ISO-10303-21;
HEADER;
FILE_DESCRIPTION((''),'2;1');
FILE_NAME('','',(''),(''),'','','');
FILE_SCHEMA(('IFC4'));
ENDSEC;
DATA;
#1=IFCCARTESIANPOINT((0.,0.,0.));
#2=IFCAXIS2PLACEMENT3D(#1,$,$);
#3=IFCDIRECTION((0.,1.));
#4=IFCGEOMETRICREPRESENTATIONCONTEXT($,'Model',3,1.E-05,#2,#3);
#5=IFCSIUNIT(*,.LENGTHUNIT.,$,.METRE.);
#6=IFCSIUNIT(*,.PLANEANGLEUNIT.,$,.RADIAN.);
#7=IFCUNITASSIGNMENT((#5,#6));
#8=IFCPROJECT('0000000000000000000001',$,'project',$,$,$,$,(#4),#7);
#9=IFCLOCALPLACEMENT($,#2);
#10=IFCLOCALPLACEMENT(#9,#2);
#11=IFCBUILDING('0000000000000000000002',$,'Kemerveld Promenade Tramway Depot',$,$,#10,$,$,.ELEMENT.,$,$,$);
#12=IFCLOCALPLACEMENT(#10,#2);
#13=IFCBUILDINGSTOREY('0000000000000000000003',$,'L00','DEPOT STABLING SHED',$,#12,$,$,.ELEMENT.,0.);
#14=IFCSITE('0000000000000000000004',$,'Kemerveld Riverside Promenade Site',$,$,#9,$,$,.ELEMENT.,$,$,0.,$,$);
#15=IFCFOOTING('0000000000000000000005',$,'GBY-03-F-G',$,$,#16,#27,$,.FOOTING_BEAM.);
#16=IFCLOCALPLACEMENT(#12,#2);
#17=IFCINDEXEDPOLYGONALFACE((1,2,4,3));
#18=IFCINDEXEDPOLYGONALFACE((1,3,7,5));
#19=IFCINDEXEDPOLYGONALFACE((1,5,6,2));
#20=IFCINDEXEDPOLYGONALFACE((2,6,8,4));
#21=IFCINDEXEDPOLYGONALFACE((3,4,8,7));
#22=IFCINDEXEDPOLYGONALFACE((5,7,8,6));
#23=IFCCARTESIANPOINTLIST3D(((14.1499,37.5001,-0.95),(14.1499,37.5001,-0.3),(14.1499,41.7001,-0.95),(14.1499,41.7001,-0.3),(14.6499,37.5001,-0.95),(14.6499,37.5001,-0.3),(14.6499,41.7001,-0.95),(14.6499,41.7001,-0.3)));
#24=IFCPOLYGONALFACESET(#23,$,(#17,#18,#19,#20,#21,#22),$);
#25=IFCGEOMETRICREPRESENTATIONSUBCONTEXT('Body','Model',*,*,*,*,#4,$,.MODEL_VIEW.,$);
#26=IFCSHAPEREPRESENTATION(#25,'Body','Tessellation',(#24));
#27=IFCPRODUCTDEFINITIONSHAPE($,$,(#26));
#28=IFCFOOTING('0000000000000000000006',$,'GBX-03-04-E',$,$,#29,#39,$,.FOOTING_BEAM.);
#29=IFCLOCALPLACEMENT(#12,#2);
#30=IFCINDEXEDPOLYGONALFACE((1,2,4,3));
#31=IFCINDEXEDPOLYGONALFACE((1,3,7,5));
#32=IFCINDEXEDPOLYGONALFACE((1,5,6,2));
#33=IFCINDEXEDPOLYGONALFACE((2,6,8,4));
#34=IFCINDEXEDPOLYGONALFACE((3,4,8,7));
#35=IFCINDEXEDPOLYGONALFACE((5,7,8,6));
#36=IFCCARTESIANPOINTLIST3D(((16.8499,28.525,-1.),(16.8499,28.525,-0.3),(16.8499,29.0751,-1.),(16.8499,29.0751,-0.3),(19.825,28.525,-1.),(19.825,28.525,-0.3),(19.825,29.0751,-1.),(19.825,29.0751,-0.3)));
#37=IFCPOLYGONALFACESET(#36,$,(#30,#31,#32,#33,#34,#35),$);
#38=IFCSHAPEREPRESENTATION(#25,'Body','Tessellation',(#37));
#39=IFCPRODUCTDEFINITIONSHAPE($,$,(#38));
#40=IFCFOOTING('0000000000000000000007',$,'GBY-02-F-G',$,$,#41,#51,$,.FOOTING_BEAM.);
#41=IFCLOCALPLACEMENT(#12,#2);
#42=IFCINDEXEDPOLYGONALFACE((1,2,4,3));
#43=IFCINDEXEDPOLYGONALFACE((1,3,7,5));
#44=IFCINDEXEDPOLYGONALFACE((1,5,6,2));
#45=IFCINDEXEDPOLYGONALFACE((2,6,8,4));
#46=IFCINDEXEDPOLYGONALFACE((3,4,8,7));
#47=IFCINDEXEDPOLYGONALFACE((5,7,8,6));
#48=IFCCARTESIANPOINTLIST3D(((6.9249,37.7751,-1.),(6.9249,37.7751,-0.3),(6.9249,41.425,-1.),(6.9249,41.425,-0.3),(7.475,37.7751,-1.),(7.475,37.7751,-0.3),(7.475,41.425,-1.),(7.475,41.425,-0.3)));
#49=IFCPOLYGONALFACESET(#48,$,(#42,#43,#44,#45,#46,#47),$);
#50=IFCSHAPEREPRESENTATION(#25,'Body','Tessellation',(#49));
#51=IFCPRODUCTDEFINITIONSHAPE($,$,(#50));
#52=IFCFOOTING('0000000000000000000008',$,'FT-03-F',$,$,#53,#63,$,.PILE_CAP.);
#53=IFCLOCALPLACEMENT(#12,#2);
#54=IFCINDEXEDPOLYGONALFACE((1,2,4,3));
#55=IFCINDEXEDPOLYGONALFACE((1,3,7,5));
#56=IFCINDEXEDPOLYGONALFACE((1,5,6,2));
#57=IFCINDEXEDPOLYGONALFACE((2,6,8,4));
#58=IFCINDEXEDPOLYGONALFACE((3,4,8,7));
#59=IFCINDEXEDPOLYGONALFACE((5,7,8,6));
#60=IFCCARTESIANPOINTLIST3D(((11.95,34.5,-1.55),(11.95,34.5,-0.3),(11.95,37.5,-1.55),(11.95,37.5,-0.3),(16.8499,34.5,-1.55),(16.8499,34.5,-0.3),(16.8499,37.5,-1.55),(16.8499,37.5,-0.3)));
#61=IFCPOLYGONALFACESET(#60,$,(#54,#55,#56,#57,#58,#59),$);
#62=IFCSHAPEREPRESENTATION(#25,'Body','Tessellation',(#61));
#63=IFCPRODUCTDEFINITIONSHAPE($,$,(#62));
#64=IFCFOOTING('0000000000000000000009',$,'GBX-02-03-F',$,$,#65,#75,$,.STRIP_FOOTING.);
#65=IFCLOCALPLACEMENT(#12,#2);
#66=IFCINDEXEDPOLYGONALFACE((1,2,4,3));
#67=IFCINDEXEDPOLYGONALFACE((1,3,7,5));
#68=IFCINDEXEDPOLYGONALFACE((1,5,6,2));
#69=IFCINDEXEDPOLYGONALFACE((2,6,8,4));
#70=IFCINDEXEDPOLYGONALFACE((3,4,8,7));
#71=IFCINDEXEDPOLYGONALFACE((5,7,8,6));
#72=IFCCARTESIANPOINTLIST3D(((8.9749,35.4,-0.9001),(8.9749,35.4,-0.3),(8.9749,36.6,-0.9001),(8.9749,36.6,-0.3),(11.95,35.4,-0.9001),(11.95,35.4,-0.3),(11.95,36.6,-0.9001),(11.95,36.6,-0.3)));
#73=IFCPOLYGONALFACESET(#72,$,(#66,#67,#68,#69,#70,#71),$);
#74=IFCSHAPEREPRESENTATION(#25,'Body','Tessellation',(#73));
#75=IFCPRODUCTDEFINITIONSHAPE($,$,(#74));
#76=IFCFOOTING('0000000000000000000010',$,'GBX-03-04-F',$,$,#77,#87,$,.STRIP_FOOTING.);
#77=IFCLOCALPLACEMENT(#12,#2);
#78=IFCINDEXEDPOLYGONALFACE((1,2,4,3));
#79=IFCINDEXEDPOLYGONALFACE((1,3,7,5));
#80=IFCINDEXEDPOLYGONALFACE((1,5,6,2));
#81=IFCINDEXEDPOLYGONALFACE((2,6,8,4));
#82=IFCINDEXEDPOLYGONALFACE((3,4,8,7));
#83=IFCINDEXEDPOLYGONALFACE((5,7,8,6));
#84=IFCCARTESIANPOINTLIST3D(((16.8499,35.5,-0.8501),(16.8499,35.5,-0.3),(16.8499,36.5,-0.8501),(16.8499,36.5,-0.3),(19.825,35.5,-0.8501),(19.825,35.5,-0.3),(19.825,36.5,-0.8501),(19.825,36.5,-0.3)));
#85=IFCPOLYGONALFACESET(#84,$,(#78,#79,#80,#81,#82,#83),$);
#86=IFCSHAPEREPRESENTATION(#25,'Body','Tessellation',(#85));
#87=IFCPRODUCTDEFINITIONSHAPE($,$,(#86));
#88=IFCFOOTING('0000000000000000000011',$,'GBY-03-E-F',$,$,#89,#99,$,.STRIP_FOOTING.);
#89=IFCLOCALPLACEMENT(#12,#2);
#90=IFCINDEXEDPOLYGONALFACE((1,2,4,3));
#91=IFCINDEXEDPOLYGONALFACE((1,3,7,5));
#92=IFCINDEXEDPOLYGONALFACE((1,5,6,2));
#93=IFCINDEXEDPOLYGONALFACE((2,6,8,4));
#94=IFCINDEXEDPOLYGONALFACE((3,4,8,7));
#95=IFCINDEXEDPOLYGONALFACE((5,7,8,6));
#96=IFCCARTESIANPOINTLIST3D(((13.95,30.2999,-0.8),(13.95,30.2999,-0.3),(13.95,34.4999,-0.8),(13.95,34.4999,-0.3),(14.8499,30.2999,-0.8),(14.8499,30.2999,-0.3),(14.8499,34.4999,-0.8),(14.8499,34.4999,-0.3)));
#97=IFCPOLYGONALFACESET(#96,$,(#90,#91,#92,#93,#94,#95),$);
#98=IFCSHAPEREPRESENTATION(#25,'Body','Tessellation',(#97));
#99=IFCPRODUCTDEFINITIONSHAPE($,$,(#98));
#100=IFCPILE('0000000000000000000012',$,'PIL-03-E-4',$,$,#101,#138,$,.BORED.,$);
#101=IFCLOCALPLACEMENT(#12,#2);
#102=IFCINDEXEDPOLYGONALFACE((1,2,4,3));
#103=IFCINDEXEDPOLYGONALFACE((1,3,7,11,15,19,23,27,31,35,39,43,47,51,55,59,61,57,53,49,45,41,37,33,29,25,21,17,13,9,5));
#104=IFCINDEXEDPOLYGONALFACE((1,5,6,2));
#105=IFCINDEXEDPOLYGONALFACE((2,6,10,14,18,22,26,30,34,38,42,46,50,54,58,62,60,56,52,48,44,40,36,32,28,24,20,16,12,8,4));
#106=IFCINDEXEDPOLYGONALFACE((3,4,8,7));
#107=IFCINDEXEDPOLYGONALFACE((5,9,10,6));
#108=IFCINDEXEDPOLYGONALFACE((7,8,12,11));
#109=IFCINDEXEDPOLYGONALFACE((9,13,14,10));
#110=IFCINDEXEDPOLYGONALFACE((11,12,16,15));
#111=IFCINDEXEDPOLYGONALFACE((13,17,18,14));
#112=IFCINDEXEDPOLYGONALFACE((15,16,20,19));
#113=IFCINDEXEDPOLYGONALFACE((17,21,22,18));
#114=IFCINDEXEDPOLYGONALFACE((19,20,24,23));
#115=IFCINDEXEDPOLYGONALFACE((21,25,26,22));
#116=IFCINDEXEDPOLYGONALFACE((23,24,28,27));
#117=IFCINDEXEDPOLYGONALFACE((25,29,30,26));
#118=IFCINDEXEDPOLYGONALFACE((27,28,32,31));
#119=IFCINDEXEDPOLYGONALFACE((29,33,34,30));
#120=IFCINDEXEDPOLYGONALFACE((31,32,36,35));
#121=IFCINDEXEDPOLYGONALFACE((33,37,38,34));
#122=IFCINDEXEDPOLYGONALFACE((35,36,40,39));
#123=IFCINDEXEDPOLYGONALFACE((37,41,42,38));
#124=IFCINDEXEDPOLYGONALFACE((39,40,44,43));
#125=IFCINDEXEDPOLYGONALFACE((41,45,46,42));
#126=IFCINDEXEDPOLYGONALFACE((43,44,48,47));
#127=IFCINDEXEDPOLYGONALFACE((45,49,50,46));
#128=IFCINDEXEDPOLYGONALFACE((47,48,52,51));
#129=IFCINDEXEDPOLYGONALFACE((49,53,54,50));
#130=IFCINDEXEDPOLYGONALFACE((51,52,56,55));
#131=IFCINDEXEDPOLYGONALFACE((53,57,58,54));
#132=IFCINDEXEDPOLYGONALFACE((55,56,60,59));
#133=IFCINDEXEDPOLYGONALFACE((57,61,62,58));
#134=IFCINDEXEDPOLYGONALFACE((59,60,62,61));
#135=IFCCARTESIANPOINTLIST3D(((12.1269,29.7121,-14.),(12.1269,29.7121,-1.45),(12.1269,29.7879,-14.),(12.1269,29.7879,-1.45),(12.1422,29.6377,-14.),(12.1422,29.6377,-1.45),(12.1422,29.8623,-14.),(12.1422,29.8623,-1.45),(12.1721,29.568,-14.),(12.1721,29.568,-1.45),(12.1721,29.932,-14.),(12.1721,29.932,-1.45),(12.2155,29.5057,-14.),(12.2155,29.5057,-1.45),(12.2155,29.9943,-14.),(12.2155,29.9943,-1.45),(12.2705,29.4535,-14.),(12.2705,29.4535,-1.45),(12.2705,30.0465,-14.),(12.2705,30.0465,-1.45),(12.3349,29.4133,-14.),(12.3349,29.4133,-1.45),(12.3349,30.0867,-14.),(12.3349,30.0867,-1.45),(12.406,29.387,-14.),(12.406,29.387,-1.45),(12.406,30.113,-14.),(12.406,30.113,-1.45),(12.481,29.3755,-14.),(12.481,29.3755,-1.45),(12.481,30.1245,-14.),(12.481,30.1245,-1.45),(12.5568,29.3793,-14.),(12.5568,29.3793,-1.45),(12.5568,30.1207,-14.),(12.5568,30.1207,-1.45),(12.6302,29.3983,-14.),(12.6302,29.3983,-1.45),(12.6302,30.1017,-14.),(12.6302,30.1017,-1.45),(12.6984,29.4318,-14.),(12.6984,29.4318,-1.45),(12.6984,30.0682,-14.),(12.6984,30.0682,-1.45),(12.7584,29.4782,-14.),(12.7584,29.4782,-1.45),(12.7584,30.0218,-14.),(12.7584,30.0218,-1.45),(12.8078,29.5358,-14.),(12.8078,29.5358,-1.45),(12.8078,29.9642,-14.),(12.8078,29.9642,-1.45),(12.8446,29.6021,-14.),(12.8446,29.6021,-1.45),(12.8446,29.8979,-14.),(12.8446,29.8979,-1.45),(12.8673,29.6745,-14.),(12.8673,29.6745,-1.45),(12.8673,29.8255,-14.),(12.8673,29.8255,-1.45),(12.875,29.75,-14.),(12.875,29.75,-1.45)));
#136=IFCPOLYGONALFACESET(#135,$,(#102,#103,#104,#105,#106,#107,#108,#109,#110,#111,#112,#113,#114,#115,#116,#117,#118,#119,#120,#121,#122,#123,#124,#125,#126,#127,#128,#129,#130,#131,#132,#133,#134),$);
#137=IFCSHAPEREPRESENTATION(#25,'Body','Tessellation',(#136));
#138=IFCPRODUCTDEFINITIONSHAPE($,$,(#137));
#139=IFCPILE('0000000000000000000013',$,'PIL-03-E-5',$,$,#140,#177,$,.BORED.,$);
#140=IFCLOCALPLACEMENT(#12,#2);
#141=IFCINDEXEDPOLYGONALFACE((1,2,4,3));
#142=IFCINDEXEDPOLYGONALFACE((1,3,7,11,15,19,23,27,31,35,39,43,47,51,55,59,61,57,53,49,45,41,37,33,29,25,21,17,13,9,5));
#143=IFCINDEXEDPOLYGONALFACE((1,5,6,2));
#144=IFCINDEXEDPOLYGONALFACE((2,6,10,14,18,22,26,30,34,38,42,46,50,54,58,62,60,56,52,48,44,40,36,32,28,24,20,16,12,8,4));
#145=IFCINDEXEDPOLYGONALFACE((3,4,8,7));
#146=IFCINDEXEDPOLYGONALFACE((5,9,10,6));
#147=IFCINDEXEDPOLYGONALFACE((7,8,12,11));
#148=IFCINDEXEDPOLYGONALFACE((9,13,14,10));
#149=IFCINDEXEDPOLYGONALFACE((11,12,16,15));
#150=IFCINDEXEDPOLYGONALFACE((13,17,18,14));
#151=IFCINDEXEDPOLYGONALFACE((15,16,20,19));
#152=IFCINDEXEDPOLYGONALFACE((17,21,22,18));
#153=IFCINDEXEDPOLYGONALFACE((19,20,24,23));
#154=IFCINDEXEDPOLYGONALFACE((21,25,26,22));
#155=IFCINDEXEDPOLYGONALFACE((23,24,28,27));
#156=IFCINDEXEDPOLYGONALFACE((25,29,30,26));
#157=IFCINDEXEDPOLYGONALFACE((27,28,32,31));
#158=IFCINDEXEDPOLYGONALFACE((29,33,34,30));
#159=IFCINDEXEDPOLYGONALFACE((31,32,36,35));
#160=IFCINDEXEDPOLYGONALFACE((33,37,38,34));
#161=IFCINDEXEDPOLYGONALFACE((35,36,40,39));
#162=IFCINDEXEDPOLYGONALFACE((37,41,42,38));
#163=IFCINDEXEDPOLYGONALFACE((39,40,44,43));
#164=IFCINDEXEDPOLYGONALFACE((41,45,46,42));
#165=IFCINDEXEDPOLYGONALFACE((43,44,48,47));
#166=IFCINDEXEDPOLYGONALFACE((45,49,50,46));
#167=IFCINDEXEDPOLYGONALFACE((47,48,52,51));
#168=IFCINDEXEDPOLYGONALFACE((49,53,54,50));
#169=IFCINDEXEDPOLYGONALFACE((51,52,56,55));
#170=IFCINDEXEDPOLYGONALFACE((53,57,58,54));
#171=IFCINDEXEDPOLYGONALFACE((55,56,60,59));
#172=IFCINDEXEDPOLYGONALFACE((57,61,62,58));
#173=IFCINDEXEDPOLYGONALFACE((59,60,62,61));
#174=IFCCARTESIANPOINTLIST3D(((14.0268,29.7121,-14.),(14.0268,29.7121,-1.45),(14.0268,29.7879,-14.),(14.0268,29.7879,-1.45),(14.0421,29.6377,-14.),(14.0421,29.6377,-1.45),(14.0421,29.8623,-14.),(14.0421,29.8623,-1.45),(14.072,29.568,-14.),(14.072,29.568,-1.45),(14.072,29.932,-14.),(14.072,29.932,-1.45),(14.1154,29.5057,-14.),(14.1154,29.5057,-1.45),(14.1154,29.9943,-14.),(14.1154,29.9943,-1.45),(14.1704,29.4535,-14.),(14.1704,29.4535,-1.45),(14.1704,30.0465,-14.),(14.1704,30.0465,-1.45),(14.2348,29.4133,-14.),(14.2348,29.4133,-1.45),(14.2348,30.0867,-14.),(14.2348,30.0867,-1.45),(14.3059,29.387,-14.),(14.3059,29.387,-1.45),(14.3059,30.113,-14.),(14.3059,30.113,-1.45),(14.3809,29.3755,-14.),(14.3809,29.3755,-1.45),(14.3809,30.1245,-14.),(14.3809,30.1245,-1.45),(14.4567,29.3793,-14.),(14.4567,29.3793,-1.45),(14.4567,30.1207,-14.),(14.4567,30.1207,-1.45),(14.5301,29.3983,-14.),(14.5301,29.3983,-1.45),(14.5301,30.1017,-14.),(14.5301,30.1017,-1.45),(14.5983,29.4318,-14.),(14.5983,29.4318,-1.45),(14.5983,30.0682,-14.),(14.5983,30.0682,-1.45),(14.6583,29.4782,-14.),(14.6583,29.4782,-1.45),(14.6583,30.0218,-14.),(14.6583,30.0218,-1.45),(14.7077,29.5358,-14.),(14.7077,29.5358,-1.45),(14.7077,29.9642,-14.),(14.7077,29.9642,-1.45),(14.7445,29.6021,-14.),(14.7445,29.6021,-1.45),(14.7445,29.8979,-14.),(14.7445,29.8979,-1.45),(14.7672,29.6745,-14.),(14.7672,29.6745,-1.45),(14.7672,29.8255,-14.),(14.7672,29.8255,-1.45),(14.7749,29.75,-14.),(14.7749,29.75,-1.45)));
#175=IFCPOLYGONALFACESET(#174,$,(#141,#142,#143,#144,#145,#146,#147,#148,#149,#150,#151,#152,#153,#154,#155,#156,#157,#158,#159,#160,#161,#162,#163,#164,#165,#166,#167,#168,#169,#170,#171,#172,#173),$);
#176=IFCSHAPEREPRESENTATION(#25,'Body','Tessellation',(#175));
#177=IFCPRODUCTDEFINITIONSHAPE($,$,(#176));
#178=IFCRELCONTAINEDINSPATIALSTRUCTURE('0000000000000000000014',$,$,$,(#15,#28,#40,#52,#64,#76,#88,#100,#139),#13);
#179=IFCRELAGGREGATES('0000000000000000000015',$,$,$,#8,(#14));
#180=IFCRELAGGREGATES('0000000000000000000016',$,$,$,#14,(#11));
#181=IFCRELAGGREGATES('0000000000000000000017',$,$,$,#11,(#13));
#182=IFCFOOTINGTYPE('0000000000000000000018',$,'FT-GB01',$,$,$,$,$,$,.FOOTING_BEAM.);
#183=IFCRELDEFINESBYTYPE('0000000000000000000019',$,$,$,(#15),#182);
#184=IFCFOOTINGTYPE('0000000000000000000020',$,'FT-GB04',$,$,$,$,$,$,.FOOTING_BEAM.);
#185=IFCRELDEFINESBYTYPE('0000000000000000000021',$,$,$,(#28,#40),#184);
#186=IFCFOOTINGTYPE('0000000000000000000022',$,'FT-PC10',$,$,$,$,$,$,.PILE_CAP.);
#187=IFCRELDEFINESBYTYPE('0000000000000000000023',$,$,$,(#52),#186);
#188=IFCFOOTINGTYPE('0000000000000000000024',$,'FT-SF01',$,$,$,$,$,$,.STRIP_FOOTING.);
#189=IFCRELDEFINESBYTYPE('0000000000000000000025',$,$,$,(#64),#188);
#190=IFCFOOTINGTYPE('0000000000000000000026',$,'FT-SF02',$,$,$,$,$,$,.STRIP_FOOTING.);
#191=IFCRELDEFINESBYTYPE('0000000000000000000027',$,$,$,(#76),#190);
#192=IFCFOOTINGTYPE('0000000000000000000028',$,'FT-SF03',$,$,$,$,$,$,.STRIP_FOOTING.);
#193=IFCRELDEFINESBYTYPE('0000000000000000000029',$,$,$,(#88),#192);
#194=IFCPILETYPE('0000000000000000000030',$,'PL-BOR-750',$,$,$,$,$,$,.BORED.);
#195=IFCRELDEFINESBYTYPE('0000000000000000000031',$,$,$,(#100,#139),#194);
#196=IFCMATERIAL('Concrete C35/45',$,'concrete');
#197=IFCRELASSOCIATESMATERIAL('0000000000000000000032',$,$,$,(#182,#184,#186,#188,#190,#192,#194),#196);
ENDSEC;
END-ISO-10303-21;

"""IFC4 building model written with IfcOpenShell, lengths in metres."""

from ifc_helpers import new_model, si_unit, direction, frame, origin, origin_2d, place, context, subcontext, project, spatial, rectangle, circle, extrude, material, material_profile, profile_set, type_object, element, save


model = new_model("IFC4")

# Units and contexts
model_context = context("Model", 3, precision=1e-05, world=origin(), true_north=direction((0.0, 1.0)))
body_context = subcontext(model_context, "Body", "Model", "MODEL_VIEW")
ifc_project = project(units=[si_unit("LENGTHUNIT", "METRE"), si_unit("PLANEANGLEUNIT", "RADIAN")], contexts=[model_context])

# Site, building, storey
site_placement = place(None, origin())
site = spatial("IfcSite", under=ifc_project, at=site_placement, Name="Kemerveld Riverside Promenade Site", CompositionType="ELEMENT", RefElevation=0.0)
building_placement = place(site_placement, origin())
building = spatial("IfcBuilding", under=site, at=building_placement, Name="Kemerveld Promenade Tramway Depot", CompositionType="ELEMENT")
storey_placement = place(building_placement, origin())
storey = spatial("IfcBuildingStorey", under=building, at=storey_placement, Name="L00", Description="DEPOT STABLING SHED", CompositionType="ELEMENT", Elevation=0.0)

# Footings
ifc_material_1 = material(Name="Concrete C35/45", Category="concrete")
footing_type_1 = type_object("IfcFootingType", Name="FT-GB01", PredefinedType="FOOTING_BEAM", material=ifc_material_1)
footing_1_placement = place(storey_placement, frame((14.3999, 39.6001, -0.95), z_axis=(0.0, 0.0, 1.0), x_axis=(0.0, 1.0, 0.0)))
element("IfcFooting", 1, at=footing_1_placement, inside=storey, type_object=footing_type_1, Name="GBY-03-F-G", PredefinedType="FOOTING_BEAM", context=body_context, shape_type="SweptSolid", body=[
    extrude(rectangle(XDim=4.2, YDim=0.5, at=origin_2d()), origin(), (0.0, 0.0, 1.0), 0.6499),
])
footing_type_2 = type_object("IfcFootingType", Name="FT-GB04", PredefinedType="FOOTING_BEAM", material=ifc_material_1)
footing_2_placement = place(storey_placement, frame((18.3374, 28.8, -1.0), z_axis=(0.0, 0.0, 1.0), x_axis=(1.0, 0.0, 0.0)))
element("IfcFooting", 2, at=footing_2_placement, inside=storey, type_object=footing_type_2, Name="GBX-03-04-E", PredefinedType="FOOTING_BEAM", context=body_context, shape_type="SweptSolid", body=[
    extrude(rectangle(XDim=2.9751, YDim=0.55, at=origin_2d()), origin(), (0.0, 0.0, 1.0), 0.7),
])
footing_3_placement = place(storey_placement, frame((7.2, 39.6001, -1.0), z_axis=(0.0, 0.0, 1.0), x_axis=(0.0, 1.0, 0.0)))
element("IfcFooting", 3, at=footing_3_placement, inside=storey, type_object=footing_type_2, Name="GBY-02-F-G", PredefinedType="FOOTING_BEAM", context=body_context, shape_type="SweptSolid", body=[
    extrude(rectangle(XDim=3.6499, YDim=0.55, at=origin_2d()), origin(), (0.0, 0.0, 1.0), 0.7),
])
footing_type_3 = type_object("IfcFootingType", Name="FT-PC10", PredefinedType="PILE_CAP", material=ifc_material_1)
footing_4_placement = place(storey_placement, frame((14.3999, 36.0, -1.55), z_axis=(0.0, 0.0, 1.0), x_axis=(1.0, 0.0, 0.0)))
element("IfcFooting", 4, at=footing_4_placement, inside=storey, type_object=footing_type_3, Name="FT-03-F", PredefinedType="PILE_CAP", context=body_context, shape_type="SweptSolid", body=[
    extrude(rectangle(XDim=4.8999, YDim=3.0, at=origin_2d()), origin(), (0.0, 0.0, 1.0), 1.25),
])
footing_type_4 = type_object("IfcFootingType", Name="FT-SF01", PredefinedType="STRIP_FOOTING", material=ifc_material_1)
footing_5_placement = place(storey_placement, frame((10.4624, 36.0, -0.9001), z_axis=(0.0, 0.0, 1.0), x_axis=(1.0, 0.0, 0.0)))
element("IfcFooting", 5, at=footing_5_placement, inside=storey, type_object=footing_type_4, Name="GBX-02-03-F", PredefinedType="STRIP_FOOTING", context=body_context, shape_type="SweptSolid", body=[
    extrude(rectangle(XDim=2.9751, YDim=1.2, at=origin_2d()), origin(), (0.0, 0.0, 1.0), 0.6001),
])
footing_type_5 = type_object("IfcFootingType", Name="FT-SF02", PredefinedType="STRIP_FOOTING", material=ifc_material_1)
footing_6_placement = place(storey_placement, frame((18.3374, 36.0, -0.8501), z_axis=(0.0, 0.0, 1.0), x_axis=(1.0, 0.0, 0.0)))
element("IfcFooting", 6, at=footing_6_placement, inside=storey, type_object=footing_type_5, Name="GBX-03-04-F", PredefinedType="STRIP_FOOTING", context=body_context, shape_type="SweptSolid", body=[
    extrude(rectangle(XDim=2.9751, YDim=1.0, at=origin_2d()), origin(), (0.0, 0.0, 1.0), 0.55),
])
footing_type_6 = type_object("IfcFootingType", Name="FT-SF03", PredefinedType="STRIP_FOOTING", material=ifc_material_1)
footing_7_placement = place(storey_placement, frame((14.3999, 32.3999, -0.8), z_axis=(0.0, 0.0, 1.0), x_axis=(0.0, 1.0, 0.0)))
element("IfcFooting", 7, at=footing_7_placement, inside=storey, type_object=footing_type_6, Name="GBY-03-E-F", PredefinedType="STRIP_FOOTING", context=body_context, shape_type="SweptSolid", body=[
    extrude(rectangle(XDim=4.2, YDim=0.8999, at=origin_2d()), origin(), (0.0, 0.0, 1.0), 0.5),
])

# Piles
ifc_material_profile_1 = material_profile(ifc_material_1, circle(Radius=0.375, at=origin_2d()), Name="PILE-D750")
ifc_profile_set_1 = profile_set([ifc_material_profile_1], Name="Concrete C35/45")
pile_type_1 = type_object("IfcPileType", Name="PL-BOR-750", PredefinedType="BORED", material=ifc_profile_set_1)
for number, where, z_axis, x_axis, name in (
    (8, (12.5, 29.75, -1.45), (0.0, 0.0, -1.0), (1.0, 0.0, 0.0), "PIL-03-E-4"),
    (9, (14.3999, 29.75, -1.45), (0.0, 0.0, -1.0), (1.0, 0.0, 0.0), "PIL-03-E-5"),
):
    element("IfcPile", number, at=place(storey_placement, frame(where, z_axis=z_axis, x_axis=x_axis)), inside=storey, type_object=pile_type_1, Name=name, PredefinedType="BORED", context=body_context, shape_type="SweptSolid", body=[
        extrude(circle(Radius=0.375, at=origin_2d()), origin(), (0.0, 0.0, 1.0), 12.55),
    ])

save(model, "model.ifc")
